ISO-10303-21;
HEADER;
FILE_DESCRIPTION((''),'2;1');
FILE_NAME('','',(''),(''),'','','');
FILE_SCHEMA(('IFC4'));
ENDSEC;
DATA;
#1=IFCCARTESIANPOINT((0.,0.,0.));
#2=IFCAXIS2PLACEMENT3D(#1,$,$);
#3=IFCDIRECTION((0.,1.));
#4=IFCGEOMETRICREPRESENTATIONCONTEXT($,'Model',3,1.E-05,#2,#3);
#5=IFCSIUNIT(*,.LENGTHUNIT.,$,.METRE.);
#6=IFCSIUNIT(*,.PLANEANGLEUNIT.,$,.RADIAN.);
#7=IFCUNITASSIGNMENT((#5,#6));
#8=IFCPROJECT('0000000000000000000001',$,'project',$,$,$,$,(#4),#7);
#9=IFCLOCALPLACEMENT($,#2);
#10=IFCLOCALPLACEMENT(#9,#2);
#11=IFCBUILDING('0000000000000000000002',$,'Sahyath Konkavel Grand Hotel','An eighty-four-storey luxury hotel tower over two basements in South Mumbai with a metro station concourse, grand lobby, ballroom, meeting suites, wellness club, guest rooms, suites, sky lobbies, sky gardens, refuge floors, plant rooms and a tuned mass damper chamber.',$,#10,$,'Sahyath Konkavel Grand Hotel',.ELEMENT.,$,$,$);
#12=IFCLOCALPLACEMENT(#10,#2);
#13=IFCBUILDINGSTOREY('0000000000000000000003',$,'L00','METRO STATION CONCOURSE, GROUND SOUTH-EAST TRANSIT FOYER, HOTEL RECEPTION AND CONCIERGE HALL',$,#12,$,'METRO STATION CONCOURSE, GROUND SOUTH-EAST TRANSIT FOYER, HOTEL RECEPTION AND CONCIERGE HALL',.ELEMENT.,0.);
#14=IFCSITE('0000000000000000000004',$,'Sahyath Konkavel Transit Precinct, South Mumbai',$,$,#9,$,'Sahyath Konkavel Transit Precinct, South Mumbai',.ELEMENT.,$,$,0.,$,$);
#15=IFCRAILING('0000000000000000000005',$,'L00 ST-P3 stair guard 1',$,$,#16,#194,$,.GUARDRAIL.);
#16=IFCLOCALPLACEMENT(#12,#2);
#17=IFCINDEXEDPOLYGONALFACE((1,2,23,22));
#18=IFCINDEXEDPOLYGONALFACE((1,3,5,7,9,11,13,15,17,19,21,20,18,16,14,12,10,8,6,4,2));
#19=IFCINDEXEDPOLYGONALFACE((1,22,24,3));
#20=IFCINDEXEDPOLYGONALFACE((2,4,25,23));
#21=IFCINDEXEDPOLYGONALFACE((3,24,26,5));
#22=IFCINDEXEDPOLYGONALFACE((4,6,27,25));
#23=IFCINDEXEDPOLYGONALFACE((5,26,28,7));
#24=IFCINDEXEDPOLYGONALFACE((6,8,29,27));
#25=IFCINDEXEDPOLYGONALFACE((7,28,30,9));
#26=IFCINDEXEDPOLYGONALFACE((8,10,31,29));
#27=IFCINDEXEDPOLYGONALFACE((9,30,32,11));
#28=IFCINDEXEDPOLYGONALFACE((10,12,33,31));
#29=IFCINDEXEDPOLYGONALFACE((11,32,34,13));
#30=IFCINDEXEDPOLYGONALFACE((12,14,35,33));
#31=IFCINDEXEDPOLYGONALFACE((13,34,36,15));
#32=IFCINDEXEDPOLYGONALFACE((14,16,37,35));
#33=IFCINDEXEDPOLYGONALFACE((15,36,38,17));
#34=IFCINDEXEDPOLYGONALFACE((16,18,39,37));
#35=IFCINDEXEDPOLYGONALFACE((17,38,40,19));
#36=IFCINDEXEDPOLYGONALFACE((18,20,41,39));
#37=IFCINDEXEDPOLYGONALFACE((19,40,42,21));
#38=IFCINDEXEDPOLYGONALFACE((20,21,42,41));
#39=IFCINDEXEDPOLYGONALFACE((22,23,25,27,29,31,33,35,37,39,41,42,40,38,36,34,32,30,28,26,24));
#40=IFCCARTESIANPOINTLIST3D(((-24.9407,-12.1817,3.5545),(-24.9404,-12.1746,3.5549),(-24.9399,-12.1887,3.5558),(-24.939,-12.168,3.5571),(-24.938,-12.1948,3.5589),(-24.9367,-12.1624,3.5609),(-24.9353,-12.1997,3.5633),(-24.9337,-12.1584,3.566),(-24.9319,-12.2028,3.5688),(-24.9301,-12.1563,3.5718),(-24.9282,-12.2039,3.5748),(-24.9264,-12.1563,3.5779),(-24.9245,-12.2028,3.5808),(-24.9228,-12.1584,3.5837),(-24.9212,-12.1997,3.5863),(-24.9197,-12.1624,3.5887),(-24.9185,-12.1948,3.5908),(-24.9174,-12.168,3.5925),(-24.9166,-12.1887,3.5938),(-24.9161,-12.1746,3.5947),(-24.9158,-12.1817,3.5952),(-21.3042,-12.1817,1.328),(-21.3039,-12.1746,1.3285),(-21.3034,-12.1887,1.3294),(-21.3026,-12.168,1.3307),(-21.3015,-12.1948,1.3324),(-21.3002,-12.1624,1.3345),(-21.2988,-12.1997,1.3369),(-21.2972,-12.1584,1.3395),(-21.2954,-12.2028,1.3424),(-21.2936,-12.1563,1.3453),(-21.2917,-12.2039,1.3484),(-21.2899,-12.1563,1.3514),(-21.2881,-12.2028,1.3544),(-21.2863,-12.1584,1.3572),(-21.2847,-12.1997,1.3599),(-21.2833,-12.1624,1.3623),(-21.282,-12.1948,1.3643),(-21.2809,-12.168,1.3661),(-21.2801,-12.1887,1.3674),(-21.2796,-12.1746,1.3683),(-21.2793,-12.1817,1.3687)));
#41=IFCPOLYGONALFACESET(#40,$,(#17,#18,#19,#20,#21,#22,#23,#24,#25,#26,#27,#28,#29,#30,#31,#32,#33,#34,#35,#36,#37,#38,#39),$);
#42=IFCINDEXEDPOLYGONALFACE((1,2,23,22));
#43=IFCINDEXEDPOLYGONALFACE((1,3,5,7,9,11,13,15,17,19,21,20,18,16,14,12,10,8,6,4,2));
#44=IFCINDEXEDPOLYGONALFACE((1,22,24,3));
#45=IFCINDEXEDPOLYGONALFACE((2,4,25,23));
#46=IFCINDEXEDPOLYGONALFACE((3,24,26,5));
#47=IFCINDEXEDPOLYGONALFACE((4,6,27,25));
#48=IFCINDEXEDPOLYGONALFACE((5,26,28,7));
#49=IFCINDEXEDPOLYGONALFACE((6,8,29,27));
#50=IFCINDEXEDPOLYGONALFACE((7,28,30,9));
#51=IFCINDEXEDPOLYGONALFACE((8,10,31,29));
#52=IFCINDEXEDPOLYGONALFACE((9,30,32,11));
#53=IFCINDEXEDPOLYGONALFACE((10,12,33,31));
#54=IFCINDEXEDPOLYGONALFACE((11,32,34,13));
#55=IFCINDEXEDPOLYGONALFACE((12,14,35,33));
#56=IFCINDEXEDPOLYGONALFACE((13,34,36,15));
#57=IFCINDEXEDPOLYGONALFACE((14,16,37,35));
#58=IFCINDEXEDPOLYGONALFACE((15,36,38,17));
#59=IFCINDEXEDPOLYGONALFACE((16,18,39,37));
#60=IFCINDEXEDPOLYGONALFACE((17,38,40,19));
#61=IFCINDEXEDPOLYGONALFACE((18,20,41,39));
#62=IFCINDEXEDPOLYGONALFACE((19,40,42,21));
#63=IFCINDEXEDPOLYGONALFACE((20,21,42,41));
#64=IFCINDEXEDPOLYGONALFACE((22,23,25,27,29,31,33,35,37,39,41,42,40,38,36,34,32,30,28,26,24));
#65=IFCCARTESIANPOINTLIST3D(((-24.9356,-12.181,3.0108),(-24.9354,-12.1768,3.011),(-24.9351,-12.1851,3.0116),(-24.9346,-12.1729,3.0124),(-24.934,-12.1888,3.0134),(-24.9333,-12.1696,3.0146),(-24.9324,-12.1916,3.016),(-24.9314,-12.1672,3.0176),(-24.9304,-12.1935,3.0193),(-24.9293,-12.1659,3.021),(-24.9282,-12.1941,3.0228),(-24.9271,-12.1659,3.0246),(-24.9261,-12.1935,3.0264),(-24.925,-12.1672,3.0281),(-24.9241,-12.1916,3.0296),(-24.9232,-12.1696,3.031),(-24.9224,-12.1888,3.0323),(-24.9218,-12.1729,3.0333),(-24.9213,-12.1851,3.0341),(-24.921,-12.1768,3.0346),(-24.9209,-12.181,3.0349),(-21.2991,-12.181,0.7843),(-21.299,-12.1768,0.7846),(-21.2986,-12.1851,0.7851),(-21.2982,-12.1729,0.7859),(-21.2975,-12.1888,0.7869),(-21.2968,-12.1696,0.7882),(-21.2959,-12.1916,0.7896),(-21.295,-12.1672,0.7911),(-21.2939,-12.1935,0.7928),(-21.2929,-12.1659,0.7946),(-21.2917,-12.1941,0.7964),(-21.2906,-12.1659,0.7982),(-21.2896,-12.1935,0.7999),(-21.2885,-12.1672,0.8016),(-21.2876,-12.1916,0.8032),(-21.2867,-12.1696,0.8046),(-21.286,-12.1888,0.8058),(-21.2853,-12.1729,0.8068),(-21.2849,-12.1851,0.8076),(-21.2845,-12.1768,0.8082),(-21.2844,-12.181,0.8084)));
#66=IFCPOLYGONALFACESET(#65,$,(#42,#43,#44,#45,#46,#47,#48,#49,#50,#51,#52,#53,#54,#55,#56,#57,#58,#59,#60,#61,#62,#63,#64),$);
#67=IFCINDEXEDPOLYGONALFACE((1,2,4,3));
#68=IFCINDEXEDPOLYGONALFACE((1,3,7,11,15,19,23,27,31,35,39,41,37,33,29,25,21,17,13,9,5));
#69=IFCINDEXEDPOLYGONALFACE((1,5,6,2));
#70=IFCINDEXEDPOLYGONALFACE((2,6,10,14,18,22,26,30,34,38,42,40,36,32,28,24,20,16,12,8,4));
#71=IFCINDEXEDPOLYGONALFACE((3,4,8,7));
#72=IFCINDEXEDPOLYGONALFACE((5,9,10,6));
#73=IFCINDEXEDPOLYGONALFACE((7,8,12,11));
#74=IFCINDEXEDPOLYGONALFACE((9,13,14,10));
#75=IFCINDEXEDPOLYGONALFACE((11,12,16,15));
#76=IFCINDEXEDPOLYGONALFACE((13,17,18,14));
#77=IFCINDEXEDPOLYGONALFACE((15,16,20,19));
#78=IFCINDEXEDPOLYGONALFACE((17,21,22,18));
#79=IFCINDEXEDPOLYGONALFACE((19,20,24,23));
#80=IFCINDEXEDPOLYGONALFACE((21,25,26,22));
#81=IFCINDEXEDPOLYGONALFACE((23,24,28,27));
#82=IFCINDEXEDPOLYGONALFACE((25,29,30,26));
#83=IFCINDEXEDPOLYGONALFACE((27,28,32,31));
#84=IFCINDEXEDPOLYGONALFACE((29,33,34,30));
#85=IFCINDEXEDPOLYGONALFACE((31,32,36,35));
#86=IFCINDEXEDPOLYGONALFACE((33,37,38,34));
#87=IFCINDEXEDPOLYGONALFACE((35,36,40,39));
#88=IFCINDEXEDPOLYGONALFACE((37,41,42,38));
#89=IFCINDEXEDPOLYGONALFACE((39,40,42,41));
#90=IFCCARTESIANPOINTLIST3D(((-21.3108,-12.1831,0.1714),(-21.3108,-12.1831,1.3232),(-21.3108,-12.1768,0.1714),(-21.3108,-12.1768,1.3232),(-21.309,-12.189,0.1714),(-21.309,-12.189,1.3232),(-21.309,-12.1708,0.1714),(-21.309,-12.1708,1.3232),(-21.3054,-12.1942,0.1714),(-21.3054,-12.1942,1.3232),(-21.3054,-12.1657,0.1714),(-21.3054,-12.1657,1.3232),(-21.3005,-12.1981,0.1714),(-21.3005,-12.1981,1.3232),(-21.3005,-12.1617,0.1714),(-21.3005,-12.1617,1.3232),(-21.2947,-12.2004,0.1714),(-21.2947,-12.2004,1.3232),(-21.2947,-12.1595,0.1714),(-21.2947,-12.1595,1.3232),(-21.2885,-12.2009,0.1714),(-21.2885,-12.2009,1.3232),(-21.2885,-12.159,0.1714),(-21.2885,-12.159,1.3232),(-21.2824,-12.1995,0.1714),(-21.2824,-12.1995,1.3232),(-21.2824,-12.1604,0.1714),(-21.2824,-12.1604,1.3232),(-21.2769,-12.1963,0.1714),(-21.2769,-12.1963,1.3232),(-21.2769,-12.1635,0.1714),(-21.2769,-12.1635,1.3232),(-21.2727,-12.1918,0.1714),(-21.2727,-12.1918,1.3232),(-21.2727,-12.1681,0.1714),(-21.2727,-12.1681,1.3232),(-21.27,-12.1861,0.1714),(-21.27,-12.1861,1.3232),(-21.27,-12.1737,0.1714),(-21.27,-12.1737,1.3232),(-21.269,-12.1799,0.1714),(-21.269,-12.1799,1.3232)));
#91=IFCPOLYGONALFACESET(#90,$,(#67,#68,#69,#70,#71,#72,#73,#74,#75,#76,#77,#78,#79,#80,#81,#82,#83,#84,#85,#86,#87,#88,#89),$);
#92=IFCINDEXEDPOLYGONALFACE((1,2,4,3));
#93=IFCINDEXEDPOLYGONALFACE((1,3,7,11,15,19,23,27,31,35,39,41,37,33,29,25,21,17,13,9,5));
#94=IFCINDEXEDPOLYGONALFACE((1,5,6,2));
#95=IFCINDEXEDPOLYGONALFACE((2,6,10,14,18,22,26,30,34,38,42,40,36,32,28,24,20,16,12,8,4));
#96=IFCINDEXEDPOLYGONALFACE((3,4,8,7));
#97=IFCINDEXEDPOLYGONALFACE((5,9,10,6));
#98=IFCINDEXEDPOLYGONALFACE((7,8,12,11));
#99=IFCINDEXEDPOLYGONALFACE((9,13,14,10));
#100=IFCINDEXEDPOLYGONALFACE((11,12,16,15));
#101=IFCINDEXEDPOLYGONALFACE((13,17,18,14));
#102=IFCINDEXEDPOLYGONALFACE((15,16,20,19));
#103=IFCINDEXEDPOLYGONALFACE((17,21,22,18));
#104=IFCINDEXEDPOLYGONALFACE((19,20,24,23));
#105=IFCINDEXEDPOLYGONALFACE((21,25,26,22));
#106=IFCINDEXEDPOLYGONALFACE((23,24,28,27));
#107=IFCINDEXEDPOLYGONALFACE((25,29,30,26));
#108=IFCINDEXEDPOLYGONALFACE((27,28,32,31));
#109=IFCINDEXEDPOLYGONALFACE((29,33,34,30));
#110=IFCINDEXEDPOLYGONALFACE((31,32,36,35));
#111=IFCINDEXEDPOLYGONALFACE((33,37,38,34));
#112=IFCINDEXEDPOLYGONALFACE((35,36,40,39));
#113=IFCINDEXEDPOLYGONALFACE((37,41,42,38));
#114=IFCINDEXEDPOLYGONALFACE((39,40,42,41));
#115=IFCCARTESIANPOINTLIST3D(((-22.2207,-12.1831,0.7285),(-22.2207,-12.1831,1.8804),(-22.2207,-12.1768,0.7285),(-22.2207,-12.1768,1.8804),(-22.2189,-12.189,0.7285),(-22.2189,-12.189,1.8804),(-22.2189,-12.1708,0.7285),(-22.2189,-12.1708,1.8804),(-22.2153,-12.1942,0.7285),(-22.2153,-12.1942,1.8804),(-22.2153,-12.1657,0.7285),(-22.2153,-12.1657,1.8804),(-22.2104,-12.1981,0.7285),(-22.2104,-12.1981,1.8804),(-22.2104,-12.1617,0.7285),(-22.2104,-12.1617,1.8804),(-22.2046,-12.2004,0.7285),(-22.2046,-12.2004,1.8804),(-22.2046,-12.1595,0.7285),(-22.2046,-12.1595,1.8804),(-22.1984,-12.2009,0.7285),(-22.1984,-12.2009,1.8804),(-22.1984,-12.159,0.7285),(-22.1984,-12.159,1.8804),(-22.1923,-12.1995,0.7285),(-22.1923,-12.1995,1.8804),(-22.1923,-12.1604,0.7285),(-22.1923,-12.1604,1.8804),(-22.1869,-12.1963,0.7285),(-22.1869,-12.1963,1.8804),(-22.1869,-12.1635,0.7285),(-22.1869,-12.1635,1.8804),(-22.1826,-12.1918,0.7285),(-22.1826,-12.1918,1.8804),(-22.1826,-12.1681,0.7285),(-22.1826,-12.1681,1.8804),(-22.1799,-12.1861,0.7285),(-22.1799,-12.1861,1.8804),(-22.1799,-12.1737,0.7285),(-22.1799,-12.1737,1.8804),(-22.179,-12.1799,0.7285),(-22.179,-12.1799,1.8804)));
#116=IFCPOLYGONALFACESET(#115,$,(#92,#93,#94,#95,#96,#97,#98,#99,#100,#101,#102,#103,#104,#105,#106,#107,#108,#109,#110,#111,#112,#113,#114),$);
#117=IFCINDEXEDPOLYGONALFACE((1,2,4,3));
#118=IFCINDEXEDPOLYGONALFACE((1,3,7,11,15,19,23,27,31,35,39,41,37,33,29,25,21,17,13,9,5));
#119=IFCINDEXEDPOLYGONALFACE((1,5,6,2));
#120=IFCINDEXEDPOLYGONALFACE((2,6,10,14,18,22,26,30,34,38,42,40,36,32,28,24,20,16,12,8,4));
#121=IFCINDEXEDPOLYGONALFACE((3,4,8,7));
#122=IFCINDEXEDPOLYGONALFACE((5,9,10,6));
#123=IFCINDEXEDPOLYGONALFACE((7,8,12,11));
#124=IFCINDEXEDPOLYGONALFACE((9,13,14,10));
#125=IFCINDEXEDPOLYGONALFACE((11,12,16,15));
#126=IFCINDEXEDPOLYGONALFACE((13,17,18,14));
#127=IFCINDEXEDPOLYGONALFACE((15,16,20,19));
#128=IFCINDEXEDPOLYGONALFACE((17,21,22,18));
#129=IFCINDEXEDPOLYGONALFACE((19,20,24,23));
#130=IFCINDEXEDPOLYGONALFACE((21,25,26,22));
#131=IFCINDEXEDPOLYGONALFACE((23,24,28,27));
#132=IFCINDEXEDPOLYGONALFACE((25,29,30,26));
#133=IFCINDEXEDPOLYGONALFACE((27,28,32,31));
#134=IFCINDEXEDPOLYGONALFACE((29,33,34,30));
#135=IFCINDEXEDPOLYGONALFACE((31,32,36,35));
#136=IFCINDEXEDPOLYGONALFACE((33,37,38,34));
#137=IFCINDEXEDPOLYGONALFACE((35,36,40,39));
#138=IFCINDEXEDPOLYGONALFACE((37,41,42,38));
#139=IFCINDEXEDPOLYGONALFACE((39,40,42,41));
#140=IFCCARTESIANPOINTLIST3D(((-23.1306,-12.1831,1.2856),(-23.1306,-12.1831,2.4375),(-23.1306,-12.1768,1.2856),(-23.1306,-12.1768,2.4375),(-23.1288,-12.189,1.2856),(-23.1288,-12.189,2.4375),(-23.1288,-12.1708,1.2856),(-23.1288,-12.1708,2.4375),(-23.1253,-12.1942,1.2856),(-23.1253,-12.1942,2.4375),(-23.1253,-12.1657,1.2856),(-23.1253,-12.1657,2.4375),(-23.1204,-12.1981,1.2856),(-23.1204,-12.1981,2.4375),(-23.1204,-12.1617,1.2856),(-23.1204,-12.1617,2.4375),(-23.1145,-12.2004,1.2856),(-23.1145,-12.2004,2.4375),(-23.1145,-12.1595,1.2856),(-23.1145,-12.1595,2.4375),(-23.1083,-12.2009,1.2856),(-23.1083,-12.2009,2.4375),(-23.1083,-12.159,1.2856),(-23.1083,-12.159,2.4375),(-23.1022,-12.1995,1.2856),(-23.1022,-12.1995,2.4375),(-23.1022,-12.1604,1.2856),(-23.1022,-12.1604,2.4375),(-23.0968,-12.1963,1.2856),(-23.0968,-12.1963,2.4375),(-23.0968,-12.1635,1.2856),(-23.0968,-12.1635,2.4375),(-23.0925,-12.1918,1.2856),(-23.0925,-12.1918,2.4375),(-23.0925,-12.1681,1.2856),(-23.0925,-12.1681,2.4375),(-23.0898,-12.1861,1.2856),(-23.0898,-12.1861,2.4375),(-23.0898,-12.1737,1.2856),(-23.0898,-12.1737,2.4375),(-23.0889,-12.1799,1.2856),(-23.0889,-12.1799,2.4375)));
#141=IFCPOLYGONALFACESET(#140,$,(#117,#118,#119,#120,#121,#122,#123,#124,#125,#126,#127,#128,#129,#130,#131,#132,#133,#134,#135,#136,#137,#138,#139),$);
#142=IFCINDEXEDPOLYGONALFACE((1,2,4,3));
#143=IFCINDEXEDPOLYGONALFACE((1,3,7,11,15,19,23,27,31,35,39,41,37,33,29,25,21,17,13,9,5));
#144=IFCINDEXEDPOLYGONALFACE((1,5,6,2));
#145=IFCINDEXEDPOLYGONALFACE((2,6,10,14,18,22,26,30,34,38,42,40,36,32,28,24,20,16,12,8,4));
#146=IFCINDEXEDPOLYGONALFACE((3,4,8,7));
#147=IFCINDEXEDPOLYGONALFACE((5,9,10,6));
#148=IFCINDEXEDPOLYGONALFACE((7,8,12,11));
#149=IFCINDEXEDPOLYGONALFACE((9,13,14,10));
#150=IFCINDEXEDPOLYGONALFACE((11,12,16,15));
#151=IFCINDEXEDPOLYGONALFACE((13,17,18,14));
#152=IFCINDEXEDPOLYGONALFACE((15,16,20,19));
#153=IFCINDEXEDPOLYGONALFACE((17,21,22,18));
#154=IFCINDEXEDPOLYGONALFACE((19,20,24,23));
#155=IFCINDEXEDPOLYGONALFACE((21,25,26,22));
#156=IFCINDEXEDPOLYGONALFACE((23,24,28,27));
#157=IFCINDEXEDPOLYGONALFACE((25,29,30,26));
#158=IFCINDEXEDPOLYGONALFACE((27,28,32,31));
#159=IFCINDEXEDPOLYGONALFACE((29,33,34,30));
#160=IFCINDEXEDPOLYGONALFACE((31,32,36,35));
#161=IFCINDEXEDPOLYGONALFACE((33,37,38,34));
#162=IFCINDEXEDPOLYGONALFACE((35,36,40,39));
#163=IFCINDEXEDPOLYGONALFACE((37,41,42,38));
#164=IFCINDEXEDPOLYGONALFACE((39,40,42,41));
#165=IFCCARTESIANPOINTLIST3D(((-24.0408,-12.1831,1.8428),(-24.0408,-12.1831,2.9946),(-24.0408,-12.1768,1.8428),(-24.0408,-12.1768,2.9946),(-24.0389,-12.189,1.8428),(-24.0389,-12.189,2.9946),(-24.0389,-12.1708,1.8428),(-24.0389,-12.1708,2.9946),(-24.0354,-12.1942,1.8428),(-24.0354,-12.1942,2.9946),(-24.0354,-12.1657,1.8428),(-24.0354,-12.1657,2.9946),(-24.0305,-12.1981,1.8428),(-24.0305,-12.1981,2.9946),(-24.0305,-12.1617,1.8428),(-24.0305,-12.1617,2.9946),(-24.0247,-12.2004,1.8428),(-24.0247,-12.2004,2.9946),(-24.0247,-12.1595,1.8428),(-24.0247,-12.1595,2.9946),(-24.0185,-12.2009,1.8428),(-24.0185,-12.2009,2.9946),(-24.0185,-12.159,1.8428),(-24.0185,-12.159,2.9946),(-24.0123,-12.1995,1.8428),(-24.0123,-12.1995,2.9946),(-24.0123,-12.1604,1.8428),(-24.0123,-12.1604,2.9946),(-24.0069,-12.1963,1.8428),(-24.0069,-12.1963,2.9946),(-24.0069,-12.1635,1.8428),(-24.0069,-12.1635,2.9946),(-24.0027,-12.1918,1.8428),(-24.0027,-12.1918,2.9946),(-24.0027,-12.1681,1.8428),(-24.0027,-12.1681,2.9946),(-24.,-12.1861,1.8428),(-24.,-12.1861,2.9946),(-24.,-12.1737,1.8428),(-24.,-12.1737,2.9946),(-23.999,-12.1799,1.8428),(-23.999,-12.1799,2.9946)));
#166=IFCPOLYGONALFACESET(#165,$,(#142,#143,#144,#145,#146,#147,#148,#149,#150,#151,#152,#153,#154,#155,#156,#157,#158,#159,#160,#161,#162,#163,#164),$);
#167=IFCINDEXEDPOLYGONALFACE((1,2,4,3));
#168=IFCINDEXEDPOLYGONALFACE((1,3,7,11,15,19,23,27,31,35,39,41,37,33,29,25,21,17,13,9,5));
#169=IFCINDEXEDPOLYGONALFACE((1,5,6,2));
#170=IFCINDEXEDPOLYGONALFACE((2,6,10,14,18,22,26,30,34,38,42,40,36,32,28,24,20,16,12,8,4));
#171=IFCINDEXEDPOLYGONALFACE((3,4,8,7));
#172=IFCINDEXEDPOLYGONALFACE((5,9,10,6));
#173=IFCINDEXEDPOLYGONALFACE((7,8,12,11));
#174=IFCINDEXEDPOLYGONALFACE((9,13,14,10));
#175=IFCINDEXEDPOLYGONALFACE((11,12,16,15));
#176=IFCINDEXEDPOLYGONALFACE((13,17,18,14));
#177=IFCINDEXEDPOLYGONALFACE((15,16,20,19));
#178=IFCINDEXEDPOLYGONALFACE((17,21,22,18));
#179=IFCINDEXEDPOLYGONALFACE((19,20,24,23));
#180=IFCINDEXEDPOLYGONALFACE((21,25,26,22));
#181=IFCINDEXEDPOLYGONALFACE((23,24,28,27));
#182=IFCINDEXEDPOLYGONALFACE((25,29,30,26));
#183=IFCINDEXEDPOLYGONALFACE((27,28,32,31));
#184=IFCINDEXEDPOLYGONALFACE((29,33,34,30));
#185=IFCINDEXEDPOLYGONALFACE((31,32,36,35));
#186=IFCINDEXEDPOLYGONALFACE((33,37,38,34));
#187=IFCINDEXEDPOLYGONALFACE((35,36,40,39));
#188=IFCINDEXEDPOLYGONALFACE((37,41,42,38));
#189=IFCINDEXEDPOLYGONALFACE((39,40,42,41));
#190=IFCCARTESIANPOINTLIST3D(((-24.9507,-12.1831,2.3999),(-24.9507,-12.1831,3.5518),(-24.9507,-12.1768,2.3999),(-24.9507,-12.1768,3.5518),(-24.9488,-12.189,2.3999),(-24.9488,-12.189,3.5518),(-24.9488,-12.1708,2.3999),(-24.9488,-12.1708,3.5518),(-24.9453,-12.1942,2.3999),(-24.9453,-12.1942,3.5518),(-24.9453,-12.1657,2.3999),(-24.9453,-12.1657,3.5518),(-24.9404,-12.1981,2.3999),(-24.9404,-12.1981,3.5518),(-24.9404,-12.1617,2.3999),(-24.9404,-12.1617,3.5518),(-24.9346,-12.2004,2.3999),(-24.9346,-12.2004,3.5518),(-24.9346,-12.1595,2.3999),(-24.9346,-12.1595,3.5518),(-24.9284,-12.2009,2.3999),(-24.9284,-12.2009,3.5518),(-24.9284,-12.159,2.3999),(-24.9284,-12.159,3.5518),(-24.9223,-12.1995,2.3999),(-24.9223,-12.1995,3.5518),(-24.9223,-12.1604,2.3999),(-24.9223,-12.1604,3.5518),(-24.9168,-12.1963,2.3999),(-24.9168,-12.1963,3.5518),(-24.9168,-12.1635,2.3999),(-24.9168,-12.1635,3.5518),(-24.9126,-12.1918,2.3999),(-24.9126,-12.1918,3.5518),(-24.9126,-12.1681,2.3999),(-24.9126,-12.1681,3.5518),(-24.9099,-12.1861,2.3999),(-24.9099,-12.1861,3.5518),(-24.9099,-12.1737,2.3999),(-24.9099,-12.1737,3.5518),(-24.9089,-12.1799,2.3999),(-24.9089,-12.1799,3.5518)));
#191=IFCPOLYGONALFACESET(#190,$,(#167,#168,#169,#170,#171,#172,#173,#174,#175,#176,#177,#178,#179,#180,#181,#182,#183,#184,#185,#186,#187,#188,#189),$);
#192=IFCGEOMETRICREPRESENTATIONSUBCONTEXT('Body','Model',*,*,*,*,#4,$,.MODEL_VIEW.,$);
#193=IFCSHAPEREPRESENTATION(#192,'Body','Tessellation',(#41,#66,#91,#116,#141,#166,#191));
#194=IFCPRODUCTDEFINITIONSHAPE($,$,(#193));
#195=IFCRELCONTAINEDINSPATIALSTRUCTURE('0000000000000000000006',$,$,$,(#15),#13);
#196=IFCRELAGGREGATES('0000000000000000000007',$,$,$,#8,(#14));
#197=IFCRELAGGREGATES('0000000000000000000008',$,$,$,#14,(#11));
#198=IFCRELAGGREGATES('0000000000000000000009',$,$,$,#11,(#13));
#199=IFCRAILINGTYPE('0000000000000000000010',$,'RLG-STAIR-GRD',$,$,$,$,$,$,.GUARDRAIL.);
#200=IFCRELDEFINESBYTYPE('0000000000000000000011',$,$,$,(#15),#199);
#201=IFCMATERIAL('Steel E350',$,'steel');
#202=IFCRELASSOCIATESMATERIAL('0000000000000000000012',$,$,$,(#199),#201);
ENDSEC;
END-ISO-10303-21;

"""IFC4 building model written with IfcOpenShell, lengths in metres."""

from ifc_helpers import new_model, si_unit, direction, frame, origin, origin_2d, place, context, subcontext, project, spatial, circle, extrude, material, type_object, element, save


model = new_model("IFC4")

# Units and contexts
model_context = context("Model", 3, precision=1e-05, world=origin(), true_north=direction((0.0, 1.0)))
body_context = subcontext(model_context, "Body", "Model", "MODEL_VIEW")
ifc_project = project(units=[si_unit("LENGTHUNIT", "METRE"), si_unit("PLANEANGLEUNIT", "RADIAN")], contexts=[model_context])

# Site, building, storey
site_placement = place(None, origin())
site = spatial("IfcSite", under=ifc_project, at=site_placement, Name="Sahyath Konkavel Transit Precinct, South Mumbai", LongName="Sahyath Konkavel Transit Precinct, South Mumbai", CompositionType="ELEMENT", RefElevation=0.0)
building_placement = place(site_placement, origin())
building = spatial("IfcBuilding", under=site, at=building_placement, Name="Sahyath Konkavel Grand Hotel", Description="An eighty-four-storey luxury hotel tower over two basements in South Mumbai with a metro station concourse, grand lobby, ballroom, meeting suites, wellness club, guest rooms, suites, sky lobbies, sky gardens, refuge floors, plant rooms and a tuned mass damper chamber.", LongName="Sahyath Konkavel Grand Hotel", CompositionType="ELEMENT")
storey_placement = place(building_placement, origin())
storey = spatial("IfcBuildingStorey", under=building, at=storey_placement, Name="L00", Description="METRO STATION CONCOURSE, GROUND SOUTH-EAST TRANSIT FOYER, HOTEL RECEPTION AND CONCIERGE HALL", LongName="METRO STATION CONCOURSE, GROUND SOUTH-EAST TRANSIT FOYER, HOTEL RECEPTION AND CONCIERGE HALL", CompositionType="ELEMENT", Elevation=0.0)

# Shared definitions
ifc_material_1 = material(Name="Steel E350", Category="steel")

# Railing
railing_type_1 = type_object("IfcRailingType", Name="RLG-STAIR-GRD", PredefinedType="GUARDRAIL", material=ifc_material_1)
railing_1_placement = place(storey_placement, frame((-21.29, -12.1799, 0.1714)))
element("IfcRailing", 1, at=railing_1_placement, inside=storey, type_object=railing_type_1, Name="L00 ST-P3 stair guard 1", PredefinedType="GUARDRAIL", context=body_context, shape_type="SweptSolid", body=[
    extrude(circle(Radius=0.0239, at=origin_2d()), frame((-0.0017, 0.0, 1.177), z_axis=(-0.85285, 0.0, 0.522156), x_axis=(0.0, -1.0, 0.0)), (0.0, 0.0, 1.0), 4.2639),
    extrude(circle(Radius=0.0142, at=origin_2d()), frame((-0.0017, 0.0, 0.625), z_axis=(-0.85285, 0.0, 0.522156), x_axis=(0.0, -1.0, 0.0)), (0.0, 0.0, 1.0), 4.2639),
    extrude(circle(Radius=0.021, at=origin_2d()), origin(), (0.0, 0.0, 1.0), 1.1519),
    extrude(circle(Radius=0.021, at=origin_2d()), frame((-0.9099, 0.0, 0.5571)), (0.0, 0.0, 1.0), 1.1519),
    extrude(circle(Radius=0.021, at=origin_2d()), frame((-1.8198, 0.0, 1.1143)), (0.0, 0.0, 1.0), 1.1519),
    extrude(circle(Radius=0.021, at=origin_2d()), frame((-2.73, 0.0, 1.6714)), (0.0, 0.0, 1.0), 1.1519),
    extrude(circle(Radius=0.021, at=origin_2d()), frame((-3.6399, 0.0, 2.2285)), (0.0, 0.0, 1.0), 1.1519),
])

save(model, "model.ifc")
